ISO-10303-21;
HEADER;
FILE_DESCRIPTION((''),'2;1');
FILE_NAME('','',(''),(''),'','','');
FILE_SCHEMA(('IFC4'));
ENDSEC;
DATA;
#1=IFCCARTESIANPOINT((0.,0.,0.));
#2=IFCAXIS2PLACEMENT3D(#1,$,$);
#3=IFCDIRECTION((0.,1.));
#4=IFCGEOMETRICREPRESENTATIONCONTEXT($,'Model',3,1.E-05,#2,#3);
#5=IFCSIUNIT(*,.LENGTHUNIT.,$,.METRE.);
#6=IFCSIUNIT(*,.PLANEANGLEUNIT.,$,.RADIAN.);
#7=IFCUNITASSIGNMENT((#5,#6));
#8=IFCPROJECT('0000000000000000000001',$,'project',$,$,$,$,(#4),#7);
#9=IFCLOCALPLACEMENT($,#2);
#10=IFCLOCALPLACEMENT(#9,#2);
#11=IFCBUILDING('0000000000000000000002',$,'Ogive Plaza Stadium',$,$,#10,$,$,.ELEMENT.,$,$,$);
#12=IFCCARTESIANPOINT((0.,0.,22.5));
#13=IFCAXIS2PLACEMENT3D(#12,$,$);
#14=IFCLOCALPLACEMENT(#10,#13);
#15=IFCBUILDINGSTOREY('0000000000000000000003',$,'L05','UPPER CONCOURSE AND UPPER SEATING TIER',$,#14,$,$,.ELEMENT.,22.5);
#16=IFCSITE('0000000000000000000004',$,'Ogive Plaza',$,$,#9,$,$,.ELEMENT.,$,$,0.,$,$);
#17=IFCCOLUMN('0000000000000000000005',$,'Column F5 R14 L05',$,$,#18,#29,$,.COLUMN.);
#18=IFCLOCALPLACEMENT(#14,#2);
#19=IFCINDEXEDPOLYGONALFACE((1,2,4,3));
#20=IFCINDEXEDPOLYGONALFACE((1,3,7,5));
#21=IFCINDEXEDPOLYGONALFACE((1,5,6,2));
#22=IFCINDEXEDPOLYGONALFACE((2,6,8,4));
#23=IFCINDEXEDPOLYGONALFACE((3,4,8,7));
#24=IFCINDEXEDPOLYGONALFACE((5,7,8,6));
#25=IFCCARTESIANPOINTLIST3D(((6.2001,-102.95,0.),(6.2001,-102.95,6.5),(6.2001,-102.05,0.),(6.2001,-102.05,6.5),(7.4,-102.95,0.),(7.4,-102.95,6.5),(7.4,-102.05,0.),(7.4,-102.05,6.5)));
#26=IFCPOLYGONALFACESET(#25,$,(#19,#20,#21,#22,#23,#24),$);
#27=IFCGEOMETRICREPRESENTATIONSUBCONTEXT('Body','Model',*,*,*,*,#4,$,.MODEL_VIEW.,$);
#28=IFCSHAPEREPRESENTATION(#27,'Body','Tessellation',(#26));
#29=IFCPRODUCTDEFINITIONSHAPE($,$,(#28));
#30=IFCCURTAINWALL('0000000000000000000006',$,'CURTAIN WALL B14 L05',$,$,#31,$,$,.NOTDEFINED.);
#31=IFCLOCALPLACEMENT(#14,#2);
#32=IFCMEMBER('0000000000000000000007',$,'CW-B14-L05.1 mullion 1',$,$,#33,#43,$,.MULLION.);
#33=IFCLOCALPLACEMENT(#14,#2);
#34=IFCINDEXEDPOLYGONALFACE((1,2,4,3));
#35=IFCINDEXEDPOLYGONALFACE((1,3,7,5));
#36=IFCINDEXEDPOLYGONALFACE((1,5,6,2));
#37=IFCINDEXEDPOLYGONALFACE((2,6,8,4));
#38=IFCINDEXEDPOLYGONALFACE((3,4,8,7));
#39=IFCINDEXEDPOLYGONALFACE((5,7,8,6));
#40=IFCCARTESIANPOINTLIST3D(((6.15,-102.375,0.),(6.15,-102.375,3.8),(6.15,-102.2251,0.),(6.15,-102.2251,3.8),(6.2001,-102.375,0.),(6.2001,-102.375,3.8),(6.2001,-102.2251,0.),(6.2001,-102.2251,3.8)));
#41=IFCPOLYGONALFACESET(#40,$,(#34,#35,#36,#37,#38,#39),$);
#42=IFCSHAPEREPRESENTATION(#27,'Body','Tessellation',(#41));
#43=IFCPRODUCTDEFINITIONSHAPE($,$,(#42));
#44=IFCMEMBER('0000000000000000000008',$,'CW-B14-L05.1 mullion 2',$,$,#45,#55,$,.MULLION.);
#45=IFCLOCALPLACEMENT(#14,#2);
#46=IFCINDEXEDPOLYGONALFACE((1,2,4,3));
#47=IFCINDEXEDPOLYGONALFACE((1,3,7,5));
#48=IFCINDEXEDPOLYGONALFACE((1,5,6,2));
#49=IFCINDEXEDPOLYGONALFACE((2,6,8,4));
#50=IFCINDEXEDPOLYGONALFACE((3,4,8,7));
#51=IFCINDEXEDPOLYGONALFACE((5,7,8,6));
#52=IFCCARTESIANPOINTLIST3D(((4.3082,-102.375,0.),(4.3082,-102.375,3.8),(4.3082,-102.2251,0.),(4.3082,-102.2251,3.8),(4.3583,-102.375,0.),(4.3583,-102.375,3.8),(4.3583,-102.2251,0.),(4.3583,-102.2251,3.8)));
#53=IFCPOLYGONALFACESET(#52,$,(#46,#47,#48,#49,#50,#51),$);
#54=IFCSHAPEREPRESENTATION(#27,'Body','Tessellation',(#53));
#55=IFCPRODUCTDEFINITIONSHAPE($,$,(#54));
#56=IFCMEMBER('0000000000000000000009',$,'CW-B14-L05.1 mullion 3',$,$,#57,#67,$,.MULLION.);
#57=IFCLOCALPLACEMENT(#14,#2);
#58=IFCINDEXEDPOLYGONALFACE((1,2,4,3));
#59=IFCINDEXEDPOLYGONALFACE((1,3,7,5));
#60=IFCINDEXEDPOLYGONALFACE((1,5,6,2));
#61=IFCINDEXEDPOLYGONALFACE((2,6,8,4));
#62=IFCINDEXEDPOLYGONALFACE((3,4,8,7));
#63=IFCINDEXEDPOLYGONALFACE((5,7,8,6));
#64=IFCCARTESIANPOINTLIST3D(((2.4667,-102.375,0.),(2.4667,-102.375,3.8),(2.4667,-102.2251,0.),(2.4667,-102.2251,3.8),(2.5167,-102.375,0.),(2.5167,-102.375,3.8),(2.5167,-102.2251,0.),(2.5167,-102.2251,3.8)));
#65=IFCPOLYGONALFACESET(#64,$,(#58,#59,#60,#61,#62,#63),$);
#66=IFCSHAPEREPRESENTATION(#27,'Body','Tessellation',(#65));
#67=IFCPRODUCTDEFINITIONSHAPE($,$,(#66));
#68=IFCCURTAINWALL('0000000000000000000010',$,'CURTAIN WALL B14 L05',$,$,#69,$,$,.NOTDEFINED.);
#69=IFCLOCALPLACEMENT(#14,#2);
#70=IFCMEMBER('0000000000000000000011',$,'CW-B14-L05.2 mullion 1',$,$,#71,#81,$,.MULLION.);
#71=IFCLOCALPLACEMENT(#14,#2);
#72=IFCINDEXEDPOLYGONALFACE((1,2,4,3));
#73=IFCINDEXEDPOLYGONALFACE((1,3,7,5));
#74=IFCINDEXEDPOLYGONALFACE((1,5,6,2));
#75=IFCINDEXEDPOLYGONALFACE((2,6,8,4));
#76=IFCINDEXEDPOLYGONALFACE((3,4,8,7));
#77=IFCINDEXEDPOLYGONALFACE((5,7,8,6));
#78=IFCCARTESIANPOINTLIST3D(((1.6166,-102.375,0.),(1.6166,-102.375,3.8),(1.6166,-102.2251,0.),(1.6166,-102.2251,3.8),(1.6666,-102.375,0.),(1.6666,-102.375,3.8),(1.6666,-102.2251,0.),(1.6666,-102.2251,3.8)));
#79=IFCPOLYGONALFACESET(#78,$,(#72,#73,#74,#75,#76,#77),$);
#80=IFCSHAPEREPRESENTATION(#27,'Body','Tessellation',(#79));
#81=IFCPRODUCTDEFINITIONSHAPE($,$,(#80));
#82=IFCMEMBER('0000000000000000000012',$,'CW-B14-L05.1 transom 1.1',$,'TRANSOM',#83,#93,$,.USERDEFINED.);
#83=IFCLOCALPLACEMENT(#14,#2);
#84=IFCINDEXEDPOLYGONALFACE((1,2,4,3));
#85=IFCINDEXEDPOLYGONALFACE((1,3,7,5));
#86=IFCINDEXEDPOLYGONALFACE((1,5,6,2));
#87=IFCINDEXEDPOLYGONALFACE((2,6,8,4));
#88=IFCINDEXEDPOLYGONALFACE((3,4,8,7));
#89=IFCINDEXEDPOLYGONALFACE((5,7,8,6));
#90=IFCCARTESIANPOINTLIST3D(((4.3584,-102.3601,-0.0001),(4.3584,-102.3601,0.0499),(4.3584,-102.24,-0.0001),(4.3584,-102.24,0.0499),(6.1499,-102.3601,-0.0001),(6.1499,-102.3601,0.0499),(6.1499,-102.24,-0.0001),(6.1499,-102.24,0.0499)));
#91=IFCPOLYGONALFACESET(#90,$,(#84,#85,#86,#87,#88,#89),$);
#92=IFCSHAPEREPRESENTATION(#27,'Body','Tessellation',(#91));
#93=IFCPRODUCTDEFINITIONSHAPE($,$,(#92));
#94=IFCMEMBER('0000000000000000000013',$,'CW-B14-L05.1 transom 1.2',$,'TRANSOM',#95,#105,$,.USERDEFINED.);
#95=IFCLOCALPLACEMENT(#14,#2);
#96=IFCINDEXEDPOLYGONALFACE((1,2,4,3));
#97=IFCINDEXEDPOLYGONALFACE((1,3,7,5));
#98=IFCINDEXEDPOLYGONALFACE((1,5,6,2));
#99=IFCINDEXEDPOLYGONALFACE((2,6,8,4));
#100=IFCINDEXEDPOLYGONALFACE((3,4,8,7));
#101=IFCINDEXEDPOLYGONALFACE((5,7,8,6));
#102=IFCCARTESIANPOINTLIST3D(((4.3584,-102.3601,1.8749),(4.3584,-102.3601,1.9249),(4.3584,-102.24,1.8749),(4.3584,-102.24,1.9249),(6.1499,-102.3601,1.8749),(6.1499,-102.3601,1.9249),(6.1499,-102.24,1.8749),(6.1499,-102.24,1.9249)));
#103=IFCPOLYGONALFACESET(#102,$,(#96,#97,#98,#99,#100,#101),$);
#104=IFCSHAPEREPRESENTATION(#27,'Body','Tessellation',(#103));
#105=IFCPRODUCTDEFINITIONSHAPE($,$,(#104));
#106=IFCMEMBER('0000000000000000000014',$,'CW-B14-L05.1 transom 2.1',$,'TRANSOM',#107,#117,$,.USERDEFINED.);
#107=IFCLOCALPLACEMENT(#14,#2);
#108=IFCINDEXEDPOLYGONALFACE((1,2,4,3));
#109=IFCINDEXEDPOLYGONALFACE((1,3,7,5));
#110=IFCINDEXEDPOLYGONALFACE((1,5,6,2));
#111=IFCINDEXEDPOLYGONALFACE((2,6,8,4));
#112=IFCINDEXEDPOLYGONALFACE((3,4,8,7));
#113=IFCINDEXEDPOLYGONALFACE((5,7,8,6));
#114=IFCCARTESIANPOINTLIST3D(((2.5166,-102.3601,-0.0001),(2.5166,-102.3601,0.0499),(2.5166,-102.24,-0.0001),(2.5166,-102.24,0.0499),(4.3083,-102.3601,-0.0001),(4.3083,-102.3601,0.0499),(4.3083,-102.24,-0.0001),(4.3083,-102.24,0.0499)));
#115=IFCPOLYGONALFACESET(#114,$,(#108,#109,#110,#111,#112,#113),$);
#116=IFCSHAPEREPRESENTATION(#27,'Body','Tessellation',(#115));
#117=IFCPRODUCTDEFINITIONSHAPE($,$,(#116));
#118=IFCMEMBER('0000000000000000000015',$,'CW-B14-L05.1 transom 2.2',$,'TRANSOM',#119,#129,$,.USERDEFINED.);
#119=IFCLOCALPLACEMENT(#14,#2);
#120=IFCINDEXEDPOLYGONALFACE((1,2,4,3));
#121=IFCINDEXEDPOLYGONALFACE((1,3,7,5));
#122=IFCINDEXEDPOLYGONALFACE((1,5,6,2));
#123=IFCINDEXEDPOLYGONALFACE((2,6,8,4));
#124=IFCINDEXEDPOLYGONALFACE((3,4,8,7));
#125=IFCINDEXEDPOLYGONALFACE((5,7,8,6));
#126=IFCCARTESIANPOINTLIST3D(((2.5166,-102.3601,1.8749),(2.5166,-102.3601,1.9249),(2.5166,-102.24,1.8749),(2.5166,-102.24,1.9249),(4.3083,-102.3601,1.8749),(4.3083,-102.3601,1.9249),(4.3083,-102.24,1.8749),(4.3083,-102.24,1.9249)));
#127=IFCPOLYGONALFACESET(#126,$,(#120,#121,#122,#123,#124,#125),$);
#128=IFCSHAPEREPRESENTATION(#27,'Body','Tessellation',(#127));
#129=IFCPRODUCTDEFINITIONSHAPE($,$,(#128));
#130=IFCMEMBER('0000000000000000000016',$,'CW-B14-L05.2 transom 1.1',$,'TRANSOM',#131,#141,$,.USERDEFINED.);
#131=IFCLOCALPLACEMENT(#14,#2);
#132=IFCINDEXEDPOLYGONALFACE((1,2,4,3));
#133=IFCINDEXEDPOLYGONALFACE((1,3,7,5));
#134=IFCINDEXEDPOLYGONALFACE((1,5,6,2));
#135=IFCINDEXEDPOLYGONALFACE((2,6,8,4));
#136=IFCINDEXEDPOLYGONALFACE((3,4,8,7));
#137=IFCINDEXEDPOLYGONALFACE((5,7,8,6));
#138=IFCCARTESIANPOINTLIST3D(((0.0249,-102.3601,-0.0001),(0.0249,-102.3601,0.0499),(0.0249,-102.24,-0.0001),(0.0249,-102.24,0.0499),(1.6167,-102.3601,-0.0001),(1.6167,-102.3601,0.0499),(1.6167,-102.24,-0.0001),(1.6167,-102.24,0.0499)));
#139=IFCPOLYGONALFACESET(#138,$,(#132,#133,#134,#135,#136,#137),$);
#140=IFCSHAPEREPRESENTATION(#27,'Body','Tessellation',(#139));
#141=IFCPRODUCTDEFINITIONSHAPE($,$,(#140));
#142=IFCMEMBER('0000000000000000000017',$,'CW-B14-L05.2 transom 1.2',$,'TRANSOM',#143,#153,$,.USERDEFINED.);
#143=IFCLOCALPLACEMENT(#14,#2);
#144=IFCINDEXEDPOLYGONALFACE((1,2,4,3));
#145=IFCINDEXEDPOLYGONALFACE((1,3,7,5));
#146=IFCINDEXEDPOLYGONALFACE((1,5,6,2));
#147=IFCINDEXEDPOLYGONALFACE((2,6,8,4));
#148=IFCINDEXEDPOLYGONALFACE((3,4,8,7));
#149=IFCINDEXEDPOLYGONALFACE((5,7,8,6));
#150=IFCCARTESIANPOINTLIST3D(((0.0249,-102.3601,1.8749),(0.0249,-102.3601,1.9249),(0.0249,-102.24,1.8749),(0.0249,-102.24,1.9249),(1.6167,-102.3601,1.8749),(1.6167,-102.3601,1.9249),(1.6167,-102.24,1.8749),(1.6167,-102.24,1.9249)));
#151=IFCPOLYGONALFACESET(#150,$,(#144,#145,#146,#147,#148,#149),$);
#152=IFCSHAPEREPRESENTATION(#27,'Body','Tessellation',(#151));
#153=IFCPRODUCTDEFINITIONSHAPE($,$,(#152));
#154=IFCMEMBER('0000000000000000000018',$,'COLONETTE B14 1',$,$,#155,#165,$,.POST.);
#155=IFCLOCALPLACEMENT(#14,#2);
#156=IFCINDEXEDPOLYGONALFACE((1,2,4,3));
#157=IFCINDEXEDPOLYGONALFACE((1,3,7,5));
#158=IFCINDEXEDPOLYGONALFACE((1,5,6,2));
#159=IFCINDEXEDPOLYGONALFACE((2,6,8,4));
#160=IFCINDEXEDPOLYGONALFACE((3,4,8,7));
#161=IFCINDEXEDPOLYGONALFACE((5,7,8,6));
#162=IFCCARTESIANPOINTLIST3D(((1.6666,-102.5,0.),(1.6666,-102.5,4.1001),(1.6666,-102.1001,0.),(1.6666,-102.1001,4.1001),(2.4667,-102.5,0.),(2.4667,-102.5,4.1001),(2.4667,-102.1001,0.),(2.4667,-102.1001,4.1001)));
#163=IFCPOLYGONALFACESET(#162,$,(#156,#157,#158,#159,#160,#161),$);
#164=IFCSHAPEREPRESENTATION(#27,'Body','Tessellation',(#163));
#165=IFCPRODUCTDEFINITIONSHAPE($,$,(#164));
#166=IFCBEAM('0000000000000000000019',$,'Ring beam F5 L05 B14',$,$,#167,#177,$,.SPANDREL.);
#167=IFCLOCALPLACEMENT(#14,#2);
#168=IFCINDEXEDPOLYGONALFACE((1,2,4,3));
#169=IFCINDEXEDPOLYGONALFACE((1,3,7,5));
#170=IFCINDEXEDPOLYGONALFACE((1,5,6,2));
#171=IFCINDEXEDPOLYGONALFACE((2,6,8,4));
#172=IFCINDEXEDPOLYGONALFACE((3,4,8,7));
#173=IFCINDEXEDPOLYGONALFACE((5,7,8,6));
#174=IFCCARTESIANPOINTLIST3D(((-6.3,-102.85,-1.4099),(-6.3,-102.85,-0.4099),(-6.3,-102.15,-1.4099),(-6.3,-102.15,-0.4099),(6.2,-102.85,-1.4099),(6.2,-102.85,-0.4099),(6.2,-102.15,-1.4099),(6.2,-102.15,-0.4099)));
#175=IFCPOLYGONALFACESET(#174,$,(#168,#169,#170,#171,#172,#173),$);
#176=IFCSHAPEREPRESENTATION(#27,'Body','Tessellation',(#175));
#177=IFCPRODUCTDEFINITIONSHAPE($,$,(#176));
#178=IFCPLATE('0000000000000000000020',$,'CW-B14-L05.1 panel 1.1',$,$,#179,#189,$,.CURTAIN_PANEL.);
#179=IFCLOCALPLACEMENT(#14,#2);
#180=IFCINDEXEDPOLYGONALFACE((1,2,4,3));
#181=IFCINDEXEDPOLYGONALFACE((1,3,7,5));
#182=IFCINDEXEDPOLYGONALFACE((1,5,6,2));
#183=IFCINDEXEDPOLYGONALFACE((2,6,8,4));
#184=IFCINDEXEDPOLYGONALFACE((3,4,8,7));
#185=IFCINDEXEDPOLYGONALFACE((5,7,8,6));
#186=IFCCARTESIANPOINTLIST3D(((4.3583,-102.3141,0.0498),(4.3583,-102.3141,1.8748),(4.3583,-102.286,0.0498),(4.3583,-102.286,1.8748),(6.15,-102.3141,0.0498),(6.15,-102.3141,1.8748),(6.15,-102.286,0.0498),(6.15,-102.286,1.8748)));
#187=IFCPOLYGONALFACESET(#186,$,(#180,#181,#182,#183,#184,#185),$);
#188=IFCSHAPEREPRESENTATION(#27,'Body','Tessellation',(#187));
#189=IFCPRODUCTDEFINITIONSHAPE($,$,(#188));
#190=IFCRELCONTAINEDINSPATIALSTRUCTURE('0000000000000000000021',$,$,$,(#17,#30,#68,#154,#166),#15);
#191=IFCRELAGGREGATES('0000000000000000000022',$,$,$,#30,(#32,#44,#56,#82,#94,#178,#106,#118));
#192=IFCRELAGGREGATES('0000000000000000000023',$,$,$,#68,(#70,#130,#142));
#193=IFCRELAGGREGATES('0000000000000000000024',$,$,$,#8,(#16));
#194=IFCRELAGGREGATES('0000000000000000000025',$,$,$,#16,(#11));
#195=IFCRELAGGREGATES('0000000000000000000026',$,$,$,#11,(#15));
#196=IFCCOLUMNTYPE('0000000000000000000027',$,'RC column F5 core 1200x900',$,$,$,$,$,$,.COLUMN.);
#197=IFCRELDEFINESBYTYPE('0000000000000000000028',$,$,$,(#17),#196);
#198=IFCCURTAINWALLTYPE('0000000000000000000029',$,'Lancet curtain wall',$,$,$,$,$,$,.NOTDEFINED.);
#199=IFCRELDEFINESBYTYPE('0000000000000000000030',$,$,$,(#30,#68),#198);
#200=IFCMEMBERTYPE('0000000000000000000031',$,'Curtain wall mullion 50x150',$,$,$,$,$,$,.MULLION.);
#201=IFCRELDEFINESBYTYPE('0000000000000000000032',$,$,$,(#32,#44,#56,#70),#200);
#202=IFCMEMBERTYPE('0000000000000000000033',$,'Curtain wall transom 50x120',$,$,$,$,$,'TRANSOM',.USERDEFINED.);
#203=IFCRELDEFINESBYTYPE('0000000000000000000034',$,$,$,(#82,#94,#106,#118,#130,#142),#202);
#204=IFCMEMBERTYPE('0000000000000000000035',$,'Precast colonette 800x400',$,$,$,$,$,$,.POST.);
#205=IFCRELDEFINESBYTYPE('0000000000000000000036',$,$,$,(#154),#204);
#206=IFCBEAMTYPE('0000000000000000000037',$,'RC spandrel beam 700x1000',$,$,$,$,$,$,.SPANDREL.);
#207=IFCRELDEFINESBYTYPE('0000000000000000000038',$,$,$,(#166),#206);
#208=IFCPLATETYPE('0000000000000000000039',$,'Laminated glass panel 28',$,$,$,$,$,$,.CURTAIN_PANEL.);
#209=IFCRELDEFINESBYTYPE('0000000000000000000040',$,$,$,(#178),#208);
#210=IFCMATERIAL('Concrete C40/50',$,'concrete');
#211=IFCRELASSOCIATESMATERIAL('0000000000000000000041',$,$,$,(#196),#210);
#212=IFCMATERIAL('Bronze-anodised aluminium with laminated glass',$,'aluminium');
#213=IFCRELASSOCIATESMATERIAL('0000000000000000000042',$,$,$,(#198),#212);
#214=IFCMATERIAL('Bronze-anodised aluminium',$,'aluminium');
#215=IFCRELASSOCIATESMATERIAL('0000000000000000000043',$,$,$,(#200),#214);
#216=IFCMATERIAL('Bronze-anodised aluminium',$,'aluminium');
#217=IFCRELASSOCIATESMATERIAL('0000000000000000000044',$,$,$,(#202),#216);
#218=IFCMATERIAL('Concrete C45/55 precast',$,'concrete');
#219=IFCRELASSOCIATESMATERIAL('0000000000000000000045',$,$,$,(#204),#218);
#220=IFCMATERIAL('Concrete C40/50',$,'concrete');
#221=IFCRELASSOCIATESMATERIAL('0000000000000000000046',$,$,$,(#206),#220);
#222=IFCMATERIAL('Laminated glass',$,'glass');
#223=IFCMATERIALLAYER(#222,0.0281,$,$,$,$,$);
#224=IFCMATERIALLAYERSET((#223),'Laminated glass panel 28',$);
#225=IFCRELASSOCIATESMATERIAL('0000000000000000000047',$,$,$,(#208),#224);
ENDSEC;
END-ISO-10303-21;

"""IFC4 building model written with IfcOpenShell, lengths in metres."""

from ifc_helpers import new_model, si_unit, direction, frame, origin, origin_2d, place, context, subcontext, project, spatial, rectangle, extrude, material, layer, layer_set, material_profile, profile_set, type_object, element, aggregate, save


model = new_model("IFC4")

# Units and contexts
model_context = context("Model", 3, precision=1e-05, world=origin(), true_north=direction((0.0, 1.0)))
body_context = subcontext(model_context, "Body", "Model", "MODEL_VIEW")
ifc_project = project(units=[si_unit("LENGTHUNIT", "METRE"), si_unit("PLANEANGLEUNIT", "RADIAN")], contexts=[model_context])

# Site, building, storey
site_placement = place(None, origin())
site = spatial("IfcSite", under=ifc_project, at=site_placement, Name="Ogive Plaza", CompositionType="ELEMENT", RefElevation=0.0)
building_placement = place(site_placement, origin())
building = spatial("IfcBuilding", under=site, at=building_placement, Name="Ogive Plaza Stadium", CompositionType="ELEMENT")
storey_placement = place(building_placement, frame((0.0, 0.0, 22.5)))
storey = spatial("IfcBuildingStorey", under=building, at=storey_placement, Name="L05", Description="UPPER CONCOURSE AND UPPER SEATING TIER", CompositionType="ELEMENT", Elevation=22.5)

# Column
ifc_material_1 = material(Name="Concrete C40/50", Category="concrete")
ifc_material_profile_1 = material_profile(ifc_material_1, rectangle(XDim=1.2, YDim=0.8999, at=origin_2d()), Name="RC 1200x900")
ifc_profile_set_1 = profile_set([ifc_material_profile_1], Name="Concrete C40/50")
column_type = type_object("IfcColumnType", Name="RC column F5 core 1200x900", PredefinedType="COLUMN", material=ifc_profile_set_1)
column_placement = place(storey_placement, frame((6.8, -102.5, 0.0), z_axis=(0.0, 0.0, 1.0), x_axis=(1.0, 0.0, 0.0)))
element("IfcColumn", 1, at=column_placement, inside=storey, type_object=column_type, Name="Column F5 R14 L05", PredefinedType="COLUMN", context=body_context, shape_type="SweptSolid", body=[
    extrude(rectangle(XDim=1.2, YDim=0.8999, at=origin_2d()), origin(), (0.0, 0.0, 1.0), 6.5),
])

# Curtain wall, members
ifc_material_2 = material(Name="Bronze-anodised aluminium with laminated glass", Category="aluminium")
curtain_wall_type = type_object("IfcCurtainWallType", Name="Lancet curtain wall", PredefinedType="NOTDEFINED", material=ifc_material_2)
curtain_wall_1_placement = place(storey_placement, origin())
curtain_wall_1 = element("IfcCurtainWall", 2, at=curtain_wall_1_placement, inside=storey, type_object=curtain_wall_type, Name="CURTAIN WALL B14 L05", PredefinedType="NOTDEFINED")
ifc_material_3 = material(Name="Bronze-anodised aluminium", Category="aluminium")
ifc_material_profile_2 = material_profile(ifc_material_3, rectangle(XDim=0.1499, YDim=0.05, at=origin_2d()), Name="AL 150x50")
ifc_profile_set_2 = profile_set([ifc_material_profile_2], Name="Bronze-anodised aluminium")
member_type_1 = type_object("IfcMemberType", Name="Curtain wall mullion 50x150", PredefinedType="MULLION", material=ifc_profile_set_2)
member_1_placement = place(storey_placement, frame((6.175, -102.3, 0.0), z_axis=(0.0, 0.0, 1.0), x_axis=(0.0, -1.0, 0.0)))
member_1 = element("IfcMember", 3, at=member_1_placement, type_object=member_type_1, Name="CW-B14-L05.1 mullion 1", PredefinedType="MULLION", context=body_context, shape_type="SweptSolid", body=[
    extrude(rectangle(XDim=0.1499, YDim=0.05, at=origin_2d()), origin(), (0.0, 0.0, 1.0), 3.8),
])
member_2_placement = place(storey_placement, frame((4.3333, -102.3, 0.0), z_axis=(0.0, 0.0, 1.0), x_axis=(0.0, -1.0, 0.0)))
member_2 = element("IfcMember", 4, at=member_2_placement, type_object=member_type_1, Name="CW-B14-L05.1 mullion 2", PredefinedType="MULLION", context=body_context, shape_type="SweptSolid", body=[
    extrude(rectangle(XDim=0.1499, YDim=0.05, at=origin_2d()), origin(), (0.0, 0.0, 1.0), 3.8),
])
member_3_placement = place(storey_placement, frame((2.4917, -102.3, 0.0), z_axis=(0.0, 0.0, 1.0), x_axis=(0.0, -1.0, 0.0)))
member_3 = element("IfcMember", 5, at=member_3_placement, type_object=member_type_1, Name="CW-B14-L05.1 mullion 3", PredefinedType="MULLION", context=body_context, shape_type="SweptSolid", body=[
    extrude(rectangle(XDim=0.1499, YDim=0.05, at=origin_2d()), origin(), (0.0, 0.0, 1.0), 3.8),
])

# Curtain wall, member
curtain_wall_2_placement = place(storey_placement, origin())
curtain_wall_2 = element("IfcCurtainWall", 6, at=curtain_wall_2_placement, inside=storey, type_object=curtain_wall_type, Name="CURTAIN WALL B14 L05", PredefinedType="NOTDEFINED")
member_4_placement = place(storey_placement, frame((1.6416, -102.3, 0.0), z_axis=(0.0, 0.0, 1.0), x_axis=(0.0, -1.0, 0.0)))
member_4 = element("IfcMember", 7, at=member_4_placement, type_object=member_type_1, Name="CW-B14-L05.2 mullion 1", PredefinedType="MULLION", context=body_context, shape_type="SweptSolid", body=[
    extrude(rectangle(XDim=0.1499, YDim=0.05, at=origin_2d()), origin(), (0.0, 0.0, 1.0), 3.8),
])

# Members
ifc_material_4 = material(Name="Bronze-anodised aluminium", Category="aluminium")
ifc_material_profile_3 = material_profile(ifc_material_4, rectangle(XDim=0.1201, YDim=0.05, at=origin_2d()), Name="AL 120x50")
ifc_profile_set_3 = profile_set([ifc_material_profile_3], Name="Bronze-anodised aluminium")
member_type_2 = type_object("IfcMemberType", Name="Curtain wall transom 50x120", ElementType="TRANSOM", PredefinedType="USERDEFINED", material=ifc_profile_set_3)
member_5_placement = place(storey_placement, frame((6.1499, -102.3, 0.0249), z_axis=(-1.0, 0.0, 0.0), x_axis=(0.0, -1.0, 0.0)))
member_5 = element("IfcMember", 8, at=member_5_placement, type_object=member_type_2, Name="CW-B14-L05.1 transom 1.1", ObjectType="TRANSOM", PredefinedType="USERDEFINED", context=body_context, shape_type="SweptSolid", body=[
    extrude(rectangle(XDim=0.1201, YDim=0.05, at=origin_2d()), origin(), (0.0, 0.0, 1.0), 1.7915),
])
member_6_placement = place(storey_placement, frame((6.1499, -102.3, 1.8999), z_axis=(-1.0, 0.0, 0.0), x_axis=(0.0, -1.0, 0.0)))
member_6 = element("IfcMember", 9, at=member_6_placement, type_object=member_type_2, Name="CW-B14-L05.1 transom 1.2", ObjectType="TRANSOM", PredefinedType="USERDEFINED", context=body_context, shape_type="SweptSolid", body=[
    extrude(rectangle(XDim=0.1201, YDim=0.05, at=origin_2d()), origin(), (0.0, 0.0, 1.0), 1.7915),
])
member_7_placement = place(storey_placement, frame((4.3083, -102.3, 0.0249), z_axis=(-1.0, 0.0, 0.0), x_axis=(0.0, -1.0, 0.0)))
member_7 = element("IfcMember", 10, at=member_7_placement, type_object=member_type_2, Name="CW-B14-L05.1 transom 2.1", ObjectType="TRANSOM", PredefinedType="USERDEFINED", context=body_context, shape_type="SweptSolid", body=[
    extrude(rectangle(XDim=0.1201, YDim=0.05, at=origin_2d()), origin(), (0.0, 0.0, 1.0), 1.7917),
])
member_8_placement = place(storey_placement, frame((4.3083, -102.3, 1.8999), z_axis=(-1.0, 0.0, 0.0), x_axis=(0.0, -1.0, 0.0)))
member_8 = element("IfcMember", 11, at=member_8_placement, type_object=member_type_2, Name="CW-B14-L05.1 transom 2.2", ObjectType="TRANSOM", PredefinedType="USERDEFINED", context=body_context, shape_type="SweptSolid", body=[
    extrude(rectangle(XDim=0.1201, YDim=0.05, at=origin_2d()), origin(), (0.0, 0.0, 1.0), 1.7917),
])
member_9_placement = place(storey_placement, frame((1.6167, -102.3, 0.0249), z_axis=(-1.0, 0.0, 0.0), x_axis=(0.0, -1.0, 0.0)))
member_9 = element("IfcMember", 12, at=member_9_placement, type_object=member_type_2, Name="CW-B14-L05.2 transom 1.1", ObjectType="TRANSOM", PredefinedType="USERDEFINED", context=body_context, shape_type="SweptSolid", body=[
    extrude(rectangle(XDim=0.1201, YDim=0.05, at=origin_2d()), origin(), (0.0, 0.0, 1.0), 1.5918),
])
member_10_placement = place(storey_placement, frame((1.6167, -102.3, 1.8999), z_axis=(-1.0, 0.0, 0.0), x_axis=(0.0, -1.0, 0.0)))
member_10 = element("IfcMember", 13, at=member_10_placement, type_object=member_type_2, Name="CW-B14-L05.2 transom 1.2", ObjectType="TRANSOM", PredefinedType="USERDEFINED", context=body_context, shape_type="SweptSolid", body=[
    extrude(rectangle(XDim=0.1201, YDim=0.05, at=origin_2d()), origin(), (0.0, 0.0, 1.0), 1.5918),
])
ifc_material_5 = material(Name="Concrete C45/55 precast", Category="concrete")
ifc_material_profile_4 = material_profile(ifc_material_5, rectangle(XDim=0.3999, YDim=0.8, at=origin_2d()), Name="RC 400x800")
ifc_profile_set_4 = profile_set([ifc_material_profile_4], Name="Concrete C45/55 precast")
member_type_3 = type_object("IfcMemberType", Name="Precast colonette 800x400", PredefinedType="POST", material=ifc_profile_set_4)
member_11_placement = place(storey_placement, frame((2.0667, -102.3, 0.0), z_axis=(0.0, 0.0, 1.0), x_axis=(0.0, -1.0, 0.0)))
element("IfcMember", 14, at=member_11_placement, inside=storey, type_object=member_type_3, Name="COLONETTE B14 1", PredefinedType="POST", context=body_context, shape_type="SweptSolid", body=[
    extrude(rectangle(XDim=0.3999, YDim=0.8, at=origin_2d()), origin(), (0.0, 0.0, 1.0), 4.1001),
])

# Beam
ifc_material_6 = material(Name="Concrete C40/50", Category="concrete")
ifc_material_profile_5 = material_profile(ifc_material_6, rectangle(XDim=0.7, YDim=1.0, at=origin_2d()), Name="RC 700x1000")
ifc_profile_set_5 = profile_set([ifc_material_profile_5], Name="Concrete C40/50")
beam_type = type_object("IfcBeamType", Name="RC spandrel beam 700x1000", PredefinedType="SPANDREL", material=ifc_profile_set_5)
beam_placement = place(storey_placement, frame((6.2, -102.5, -0.9099), z_axis=(-1.0, 0.0, 0.0), x_axis=(0.0, -1.0, 0.0)))
element("IfcBeam", 15, at=beam_placement, inside=storey, type_object=beam_type, Name="Ring beam F5 L05 B14", PredefinedType="SPANDREL", context=body_context, shape_type="SweptSolid", body=[
    extrude(rectangle(XDim=0.7, YDim=1.0, at=origin_2d()), origin(), (0.0, 0.0, 1.0), 12.5),
])

# Plate
ifc_material_7 = material(Name="Laminated glass", Category="glass")
ifc_layer = layer(ifc_material_7, 0.0281)
ifc_layer_set = layer_set([ifc_layer], Name="Laminated glass panel 28")
plate_type = type_object("IfcPlateType", Name="Laminated glass panel 28", PredefinedType="CURTAIN_PANEL", material=ifc_layer_set)
plate_1_placement = place(storey_placement, frame((5.2542, -102.3, 0.0498), z_axis=(0.0, 0.0, 1.0), x_axis=(-1.0, 0.0, 0.0)))
plate_1 = element("IfcPlate", 16, at=plate_1_placement, type_object=plate_type, Name="CW-B14-L05.1 panel 1.1", PredefinedType="CURTAIN_PANEL", context=body_context, shape_type="SweptSolid", body=[
    extrude(rectangle(XDim=1.7917, YDim=0.0281, at=origin_2d()), origin(), (0.0, 0.0, 1.0), 1.825),
])
aggregate(curtain_wall_1, [member_1, member_2, member_3, member_5, member_6, plate_1, member_7, member_8])
aggregate(curtain_wall_2, [member_4, member_9, member_10])

save(model, "model.ifc")
